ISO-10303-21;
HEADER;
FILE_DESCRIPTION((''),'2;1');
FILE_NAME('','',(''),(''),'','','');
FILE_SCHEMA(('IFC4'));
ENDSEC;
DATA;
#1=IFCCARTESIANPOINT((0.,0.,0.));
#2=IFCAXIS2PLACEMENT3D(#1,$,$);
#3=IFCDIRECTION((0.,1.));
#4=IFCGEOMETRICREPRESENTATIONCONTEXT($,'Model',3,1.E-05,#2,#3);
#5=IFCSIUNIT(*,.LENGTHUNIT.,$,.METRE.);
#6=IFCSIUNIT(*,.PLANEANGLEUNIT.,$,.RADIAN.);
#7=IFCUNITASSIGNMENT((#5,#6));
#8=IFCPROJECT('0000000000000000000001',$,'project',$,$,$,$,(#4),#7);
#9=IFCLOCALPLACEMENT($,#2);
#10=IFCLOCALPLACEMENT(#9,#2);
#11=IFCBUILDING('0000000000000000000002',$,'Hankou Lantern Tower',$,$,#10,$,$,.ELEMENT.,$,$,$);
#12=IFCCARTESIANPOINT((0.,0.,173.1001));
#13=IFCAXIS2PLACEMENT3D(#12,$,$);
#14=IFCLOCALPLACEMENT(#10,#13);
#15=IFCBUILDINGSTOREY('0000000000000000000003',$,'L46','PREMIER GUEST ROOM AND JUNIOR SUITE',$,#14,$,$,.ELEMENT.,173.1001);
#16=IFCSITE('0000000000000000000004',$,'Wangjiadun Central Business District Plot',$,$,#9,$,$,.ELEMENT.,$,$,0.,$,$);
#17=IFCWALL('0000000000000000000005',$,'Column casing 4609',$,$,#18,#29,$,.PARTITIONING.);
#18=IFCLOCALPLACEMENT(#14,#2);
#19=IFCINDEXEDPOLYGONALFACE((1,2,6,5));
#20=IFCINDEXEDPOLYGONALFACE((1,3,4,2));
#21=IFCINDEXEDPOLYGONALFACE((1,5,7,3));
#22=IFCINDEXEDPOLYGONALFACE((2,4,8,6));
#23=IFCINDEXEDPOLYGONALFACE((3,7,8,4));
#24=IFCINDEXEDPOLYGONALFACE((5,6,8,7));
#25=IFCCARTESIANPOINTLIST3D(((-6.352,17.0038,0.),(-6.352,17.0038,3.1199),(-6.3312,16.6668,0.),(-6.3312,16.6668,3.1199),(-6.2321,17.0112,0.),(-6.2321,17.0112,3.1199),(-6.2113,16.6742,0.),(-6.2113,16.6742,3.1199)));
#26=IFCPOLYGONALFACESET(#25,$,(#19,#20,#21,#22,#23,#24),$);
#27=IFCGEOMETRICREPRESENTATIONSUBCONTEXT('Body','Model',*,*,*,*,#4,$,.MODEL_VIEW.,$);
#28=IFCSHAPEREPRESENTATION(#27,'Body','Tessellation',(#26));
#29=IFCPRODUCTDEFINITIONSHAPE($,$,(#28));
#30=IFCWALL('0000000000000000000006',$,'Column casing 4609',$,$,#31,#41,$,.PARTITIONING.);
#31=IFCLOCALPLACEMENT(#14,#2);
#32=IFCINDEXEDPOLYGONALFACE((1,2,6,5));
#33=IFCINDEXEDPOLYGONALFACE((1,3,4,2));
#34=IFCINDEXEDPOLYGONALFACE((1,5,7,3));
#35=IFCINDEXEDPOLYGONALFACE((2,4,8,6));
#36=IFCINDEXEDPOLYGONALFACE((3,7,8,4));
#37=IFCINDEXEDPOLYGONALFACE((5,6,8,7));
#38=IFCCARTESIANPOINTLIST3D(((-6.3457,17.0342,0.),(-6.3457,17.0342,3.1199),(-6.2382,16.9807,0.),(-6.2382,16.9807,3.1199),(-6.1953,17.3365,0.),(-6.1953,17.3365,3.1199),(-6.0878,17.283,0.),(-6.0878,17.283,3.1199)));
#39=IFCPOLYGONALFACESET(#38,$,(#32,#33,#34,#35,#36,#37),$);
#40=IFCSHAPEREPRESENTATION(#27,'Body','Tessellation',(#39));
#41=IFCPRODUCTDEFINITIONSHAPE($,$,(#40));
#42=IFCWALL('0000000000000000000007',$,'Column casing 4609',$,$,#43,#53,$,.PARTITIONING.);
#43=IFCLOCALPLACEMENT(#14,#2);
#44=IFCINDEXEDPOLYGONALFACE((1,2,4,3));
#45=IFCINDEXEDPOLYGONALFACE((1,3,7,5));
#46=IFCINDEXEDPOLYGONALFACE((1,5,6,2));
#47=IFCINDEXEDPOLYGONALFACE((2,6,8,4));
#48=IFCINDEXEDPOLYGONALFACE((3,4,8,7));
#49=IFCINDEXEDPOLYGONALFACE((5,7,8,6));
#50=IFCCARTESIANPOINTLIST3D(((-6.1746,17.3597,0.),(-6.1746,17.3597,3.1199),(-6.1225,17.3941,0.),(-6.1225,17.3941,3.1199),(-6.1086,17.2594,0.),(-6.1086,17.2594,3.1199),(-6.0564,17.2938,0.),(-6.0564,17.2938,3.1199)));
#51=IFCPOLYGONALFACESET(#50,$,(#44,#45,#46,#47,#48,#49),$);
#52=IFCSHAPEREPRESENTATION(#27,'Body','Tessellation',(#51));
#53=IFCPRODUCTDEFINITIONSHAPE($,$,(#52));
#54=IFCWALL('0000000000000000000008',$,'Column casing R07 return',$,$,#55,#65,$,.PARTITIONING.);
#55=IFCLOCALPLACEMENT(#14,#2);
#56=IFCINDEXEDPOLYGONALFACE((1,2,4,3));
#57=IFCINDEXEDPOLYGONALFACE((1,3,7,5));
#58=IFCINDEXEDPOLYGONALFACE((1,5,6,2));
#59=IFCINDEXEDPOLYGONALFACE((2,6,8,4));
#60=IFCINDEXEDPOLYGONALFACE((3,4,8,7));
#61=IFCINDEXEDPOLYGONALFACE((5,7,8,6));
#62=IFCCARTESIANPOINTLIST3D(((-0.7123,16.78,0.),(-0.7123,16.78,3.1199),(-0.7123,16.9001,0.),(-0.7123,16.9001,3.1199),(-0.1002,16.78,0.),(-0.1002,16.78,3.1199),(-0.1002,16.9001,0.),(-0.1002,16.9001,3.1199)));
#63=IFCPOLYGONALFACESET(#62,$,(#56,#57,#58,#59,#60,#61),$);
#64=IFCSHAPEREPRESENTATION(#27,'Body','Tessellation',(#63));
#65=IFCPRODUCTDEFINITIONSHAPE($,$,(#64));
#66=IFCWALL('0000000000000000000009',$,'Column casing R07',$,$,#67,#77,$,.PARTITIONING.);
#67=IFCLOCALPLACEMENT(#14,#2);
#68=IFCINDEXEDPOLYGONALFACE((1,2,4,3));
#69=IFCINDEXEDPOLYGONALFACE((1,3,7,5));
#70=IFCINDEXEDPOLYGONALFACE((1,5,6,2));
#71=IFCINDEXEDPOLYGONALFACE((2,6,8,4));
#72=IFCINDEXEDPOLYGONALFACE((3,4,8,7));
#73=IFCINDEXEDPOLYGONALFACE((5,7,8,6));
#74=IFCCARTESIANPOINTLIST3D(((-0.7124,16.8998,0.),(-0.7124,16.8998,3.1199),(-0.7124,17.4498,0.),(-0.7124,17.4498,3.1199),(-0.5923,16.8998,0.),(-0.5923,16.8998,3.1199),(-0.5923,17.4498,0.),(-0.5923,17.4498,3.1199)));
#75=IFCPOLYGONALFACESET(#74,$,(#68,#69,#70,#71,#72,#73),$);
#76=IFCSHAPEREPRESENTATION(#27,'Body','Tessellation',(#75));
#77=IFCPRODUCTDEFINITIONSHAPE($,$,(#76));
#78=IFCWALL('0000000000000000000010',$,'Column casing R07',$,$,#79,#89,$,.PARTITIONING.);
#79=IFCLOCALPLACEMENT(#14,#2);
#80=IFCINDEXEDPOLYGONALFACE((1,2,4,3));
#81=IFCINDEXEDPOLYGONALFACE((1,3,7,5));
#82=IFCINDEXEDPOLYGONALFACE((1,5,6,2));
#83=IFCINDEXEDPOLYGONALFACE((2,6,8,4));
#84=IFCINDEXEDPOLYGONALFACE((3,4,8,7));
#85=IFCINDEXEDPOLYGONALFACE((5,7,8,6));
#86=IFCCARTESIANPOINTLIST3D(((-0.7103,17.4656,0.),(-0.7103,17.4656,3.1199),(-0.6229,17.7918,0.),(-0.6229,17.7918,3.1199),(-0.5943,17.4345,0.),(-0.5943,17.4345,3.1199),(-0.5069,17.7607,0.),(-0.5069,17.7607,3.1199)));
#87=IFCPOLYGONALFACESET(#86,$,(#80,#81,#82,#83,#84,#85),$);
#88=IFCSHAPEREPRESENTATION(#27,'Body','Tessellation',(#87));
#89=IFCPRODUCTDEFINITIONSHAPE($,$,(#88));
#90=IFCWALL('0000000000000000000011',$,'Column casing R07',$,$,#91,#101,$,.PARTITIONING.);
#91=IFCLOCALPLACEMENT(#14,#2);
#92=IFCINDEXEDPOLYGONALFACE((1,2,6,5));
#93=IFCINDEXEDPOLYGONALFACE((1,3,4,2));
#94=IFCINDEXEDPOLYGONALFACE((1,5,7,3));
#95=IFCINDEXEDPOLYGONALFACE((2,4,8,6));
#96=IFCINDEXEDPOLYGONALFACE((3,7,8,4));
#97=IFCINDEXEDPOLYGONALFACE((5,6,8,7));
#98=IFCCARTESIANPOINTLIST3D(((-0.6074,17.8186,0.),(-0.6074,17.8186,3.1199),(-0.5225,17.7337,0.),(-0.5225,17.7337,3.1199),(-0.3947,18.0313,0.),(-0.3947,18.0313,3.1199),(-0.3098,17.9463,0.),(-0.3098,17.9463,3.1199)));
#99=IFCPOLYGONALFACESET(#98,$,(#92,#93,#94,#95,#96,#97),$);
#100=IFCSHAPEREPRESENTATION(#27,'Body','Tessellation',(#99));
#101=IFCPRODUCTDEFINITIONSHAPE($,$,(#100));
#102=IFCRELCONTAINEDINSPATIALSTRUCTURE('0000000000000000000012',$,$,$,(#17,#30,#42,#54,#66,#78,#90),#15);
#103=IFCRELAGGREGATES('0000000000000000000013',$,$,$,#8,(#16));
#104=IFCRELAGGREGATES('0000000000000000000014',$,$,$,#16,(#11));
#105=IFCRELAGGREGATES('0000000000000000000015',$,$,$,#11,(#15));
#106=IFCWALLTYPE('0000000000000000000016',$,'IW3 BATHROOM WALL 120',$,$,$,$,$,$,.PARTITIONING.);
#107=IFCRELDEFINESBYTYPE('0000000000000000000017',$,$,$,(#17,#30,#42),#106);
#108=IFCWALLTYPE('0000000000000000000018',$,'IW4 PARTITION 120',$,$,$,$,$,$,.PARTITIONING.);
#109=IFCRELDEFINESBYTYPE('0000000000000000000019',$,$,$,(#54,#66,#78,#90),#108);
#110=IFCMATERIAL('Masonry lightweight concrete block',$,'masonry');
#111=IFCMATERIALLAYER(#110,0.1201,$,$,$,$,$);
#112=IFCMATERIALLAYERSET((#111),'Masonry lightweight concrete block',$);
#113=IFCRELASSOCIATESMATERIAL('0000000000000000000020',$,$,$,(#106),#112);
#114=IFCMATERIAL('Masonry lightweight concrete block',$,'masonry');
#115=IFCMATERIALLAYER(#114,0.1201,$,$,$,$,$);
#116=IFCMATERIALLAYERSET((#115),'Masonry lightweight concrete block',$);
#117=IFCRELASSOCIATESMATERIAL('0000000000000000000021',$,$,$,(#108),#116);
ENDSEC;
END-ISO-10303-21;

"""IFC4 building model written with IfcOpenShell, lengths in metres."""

from ifc_helpers import new_model, si_unit, direction, frame, frame_2d, origin, place, context, subcontext, project, spatial, rectangle, extrude, material, layer, layer_set, type_object, element, save


model = new_model("IFC4")

# Units and contexts
model_context = context("Model", 3, precision=1e-05, world=origin(), true_north=direction((0.0, 1.0)))
body_context = subcontext(model_context, "Body", "Model", "MODEL_VIEW")
ifc_project = project(units=[si_unit("LENGTHUNIT", "METRE"), si_unit("PLANEANGLEUNIT", "RADIAN")], contexts=[model_context])

# Site, building, storey
site_placement = place(None, origin())
site = spatial("IfcSite", under=ifc_project, at=site_placement, Name="Wangjiadun Central Business District Plot", CompositionType="ELEMENT", RefElevation=0.0)
building_placement = place(site_placement, origin())
building = spatial("IfcBuilding", under=site, at=building_placement, Name="Hankou Lantern Tower", CompositionType="ELEMENT")
storey_placement = place(building_placement, frame((0.0, 0.0, 173.1001)))
storey = spatial("IfcBuildingStorey", under=building, at=storey_placement, Name="L46", Description="PREMIER GUEST ROOM AND JUNIOR SUITE", CompositionType="ELEMENT", Elevation=173.1001)

# Shared definitions
ifc_material_1 = material(Name="Masonry lightweight concrete block", Category="masonry")
ifc_layer_1 = layer(ifc_material_1, 0.1201)
ifc_layer_set_1 = layer_set([ifc_layer_1], Name="Masonry lightweight concrete block")
wall_type_1 = type_object("IfcWallType", Name="IW3 BATHROOM WALL 120", PredefinedType="PARTITIONING", material=ifc_layer_set_1)

# Walls
for number, where, z_axis, x_axis, name in (
    (1, (-6.2712, 16.6704, 0.0), (0.0, 0.0, 1.0), (-0.061478, 0.998108, 0.0), "Column casing 4609"),
    (2, (-6.292, 17.0073, 0.0), (0.0, 0.0, 1.0), (0.445477, 0.895293, 0.0), "Column casing 4609"),
):
    element("IfcWall", number, at=place(storey_placement, frame(where, z_axis=z_axis, x_axis=x_axis)), inside=storey, type_object=wall_type_1, Name=name, PredefinedType="PARTITIONING", context=body_context, shape_type="SweptSolid", body=[
        extrude(rectangle(XDim=0.3376, YDim=0.1201, at=frame_2d((0.1689, 0.0))), origin(), (0.0, 0.0, 1.0), 3.1199),
    ])
wall_1_placement = place(storey_placement, frame((-6.1416, 17.3096, 0.0), z_axis=(0.0, 0.0, 1.0), x_axis=(0.83504, 0.55019, 0.0)))
element("IfcWall", 3, at=wall_1_placement, inside=storey, type_object=wall_type_1, Name="Column casing 4609", PredefinedType="PARTITIONING", context=body_context, shape_type="SweptSolid", body=[
    extrude(rectangle(XDim=0.0625, YDim=0.1201, at=frame_2d((0.0312, 0.0))), origin(), (0.0, 0.0, 1.0), 3.1199),
])
ifc_material_2 = material(Name="Masonry lightweight concrete block", Category="masonry")
ifc_layer_2 = layer(ifc_material_2, 0.1201)
ifc_layer_set_2 = layer_set([ifc_layer_2], Name="Masonry lightweight concrete block")
wall_type_2 = type_object("IfcWallType", Name="IW4 PARTITION 120", PredefinedType="PARTITIONING", material=ifc_layer_set_2)
wall_2_placement = place(storey_placement, frame((-0.1001, 16.8401, 0.0), z_axis=(0.0, 0.0, 1.0), x_axis=(-1.0, 0.0, 0.0)))
element("IfcWall", 4, at=wall_2_placement, inside=storey, type_object=wall_type_2, Name="Column casing R07 return", PredefinedType="PARTITIONING", context=body_context, shape_type="SweptSolid", body=[
    extrude(rectangle(XDim=0.6121, YDim=0.1201, at=frame_2d((0.3062, 0.0))), origin(), (0.0, 0.0, 1.0), 3.1199),
])
wall_3_placement = place(storey_placement, frame((-0.6523, 16.8999, 0.0), z_axis=(0.0, 0.0, 1.0), x_axis=(0.0, 1.0, 0.0)))
element("IfcWall", 5, at=wall_3_placement, inside=storey, type_object=wall_type_2, Name="Column casing R07", PredefinedType="PARTITIONING", context=body_context, shape_type="SweptSolid", body=[
    extrude(rectangle(XDim=0.55, YDim=0.1201, at=frame_2d((0.2749, 0.0))), origin(), (0.0, 0.0, 1.0), 3.1199),
])
wall_4_placement = place(storey_placement, frame((-0.6523, 17.45, 0.0), z_axis=(0.0, 0.0, 1.0), x_axis=(0.258832, 0.965922, 0.0)))
element("IfcWall", 6, at=wall_4_placement, inside=storey, type_object=wall_type_2, Name="Column casing R07", PredefinedType="PARTITIONING", context=body_context, shape_type="SweptSolid", body=[
    extrude(rectangle(XDim=0.3376, YDim=0.1201, at=frame_2d((0.1689, 0.0))), origin(), (0.0, 0.0, 1.0), 3.1199),
])
wall_5_placement = place(storey_placement, frame((-0.5649, 17.7761, 0.0), z_axis=(0.0, 0.0, 1.0), x_axis=(0.707107, 0.707107, 0.0)))
element("IfcWall", 7, at=wall_5_placement, inside=storey, type_object=wall_type_2, Name="Column casing R07", PredefinedType="PARTITIONING", context=body_context, shape_type="SweptSolid", body=[
    extrude(rectangle(XDim=0.3008, YDim=0.1201, at=frame_2d((0.1504, 0.0))), origin(), (0.0, 0.0, 1.0), 3.1199),
])

save(model, "model.ifc")
